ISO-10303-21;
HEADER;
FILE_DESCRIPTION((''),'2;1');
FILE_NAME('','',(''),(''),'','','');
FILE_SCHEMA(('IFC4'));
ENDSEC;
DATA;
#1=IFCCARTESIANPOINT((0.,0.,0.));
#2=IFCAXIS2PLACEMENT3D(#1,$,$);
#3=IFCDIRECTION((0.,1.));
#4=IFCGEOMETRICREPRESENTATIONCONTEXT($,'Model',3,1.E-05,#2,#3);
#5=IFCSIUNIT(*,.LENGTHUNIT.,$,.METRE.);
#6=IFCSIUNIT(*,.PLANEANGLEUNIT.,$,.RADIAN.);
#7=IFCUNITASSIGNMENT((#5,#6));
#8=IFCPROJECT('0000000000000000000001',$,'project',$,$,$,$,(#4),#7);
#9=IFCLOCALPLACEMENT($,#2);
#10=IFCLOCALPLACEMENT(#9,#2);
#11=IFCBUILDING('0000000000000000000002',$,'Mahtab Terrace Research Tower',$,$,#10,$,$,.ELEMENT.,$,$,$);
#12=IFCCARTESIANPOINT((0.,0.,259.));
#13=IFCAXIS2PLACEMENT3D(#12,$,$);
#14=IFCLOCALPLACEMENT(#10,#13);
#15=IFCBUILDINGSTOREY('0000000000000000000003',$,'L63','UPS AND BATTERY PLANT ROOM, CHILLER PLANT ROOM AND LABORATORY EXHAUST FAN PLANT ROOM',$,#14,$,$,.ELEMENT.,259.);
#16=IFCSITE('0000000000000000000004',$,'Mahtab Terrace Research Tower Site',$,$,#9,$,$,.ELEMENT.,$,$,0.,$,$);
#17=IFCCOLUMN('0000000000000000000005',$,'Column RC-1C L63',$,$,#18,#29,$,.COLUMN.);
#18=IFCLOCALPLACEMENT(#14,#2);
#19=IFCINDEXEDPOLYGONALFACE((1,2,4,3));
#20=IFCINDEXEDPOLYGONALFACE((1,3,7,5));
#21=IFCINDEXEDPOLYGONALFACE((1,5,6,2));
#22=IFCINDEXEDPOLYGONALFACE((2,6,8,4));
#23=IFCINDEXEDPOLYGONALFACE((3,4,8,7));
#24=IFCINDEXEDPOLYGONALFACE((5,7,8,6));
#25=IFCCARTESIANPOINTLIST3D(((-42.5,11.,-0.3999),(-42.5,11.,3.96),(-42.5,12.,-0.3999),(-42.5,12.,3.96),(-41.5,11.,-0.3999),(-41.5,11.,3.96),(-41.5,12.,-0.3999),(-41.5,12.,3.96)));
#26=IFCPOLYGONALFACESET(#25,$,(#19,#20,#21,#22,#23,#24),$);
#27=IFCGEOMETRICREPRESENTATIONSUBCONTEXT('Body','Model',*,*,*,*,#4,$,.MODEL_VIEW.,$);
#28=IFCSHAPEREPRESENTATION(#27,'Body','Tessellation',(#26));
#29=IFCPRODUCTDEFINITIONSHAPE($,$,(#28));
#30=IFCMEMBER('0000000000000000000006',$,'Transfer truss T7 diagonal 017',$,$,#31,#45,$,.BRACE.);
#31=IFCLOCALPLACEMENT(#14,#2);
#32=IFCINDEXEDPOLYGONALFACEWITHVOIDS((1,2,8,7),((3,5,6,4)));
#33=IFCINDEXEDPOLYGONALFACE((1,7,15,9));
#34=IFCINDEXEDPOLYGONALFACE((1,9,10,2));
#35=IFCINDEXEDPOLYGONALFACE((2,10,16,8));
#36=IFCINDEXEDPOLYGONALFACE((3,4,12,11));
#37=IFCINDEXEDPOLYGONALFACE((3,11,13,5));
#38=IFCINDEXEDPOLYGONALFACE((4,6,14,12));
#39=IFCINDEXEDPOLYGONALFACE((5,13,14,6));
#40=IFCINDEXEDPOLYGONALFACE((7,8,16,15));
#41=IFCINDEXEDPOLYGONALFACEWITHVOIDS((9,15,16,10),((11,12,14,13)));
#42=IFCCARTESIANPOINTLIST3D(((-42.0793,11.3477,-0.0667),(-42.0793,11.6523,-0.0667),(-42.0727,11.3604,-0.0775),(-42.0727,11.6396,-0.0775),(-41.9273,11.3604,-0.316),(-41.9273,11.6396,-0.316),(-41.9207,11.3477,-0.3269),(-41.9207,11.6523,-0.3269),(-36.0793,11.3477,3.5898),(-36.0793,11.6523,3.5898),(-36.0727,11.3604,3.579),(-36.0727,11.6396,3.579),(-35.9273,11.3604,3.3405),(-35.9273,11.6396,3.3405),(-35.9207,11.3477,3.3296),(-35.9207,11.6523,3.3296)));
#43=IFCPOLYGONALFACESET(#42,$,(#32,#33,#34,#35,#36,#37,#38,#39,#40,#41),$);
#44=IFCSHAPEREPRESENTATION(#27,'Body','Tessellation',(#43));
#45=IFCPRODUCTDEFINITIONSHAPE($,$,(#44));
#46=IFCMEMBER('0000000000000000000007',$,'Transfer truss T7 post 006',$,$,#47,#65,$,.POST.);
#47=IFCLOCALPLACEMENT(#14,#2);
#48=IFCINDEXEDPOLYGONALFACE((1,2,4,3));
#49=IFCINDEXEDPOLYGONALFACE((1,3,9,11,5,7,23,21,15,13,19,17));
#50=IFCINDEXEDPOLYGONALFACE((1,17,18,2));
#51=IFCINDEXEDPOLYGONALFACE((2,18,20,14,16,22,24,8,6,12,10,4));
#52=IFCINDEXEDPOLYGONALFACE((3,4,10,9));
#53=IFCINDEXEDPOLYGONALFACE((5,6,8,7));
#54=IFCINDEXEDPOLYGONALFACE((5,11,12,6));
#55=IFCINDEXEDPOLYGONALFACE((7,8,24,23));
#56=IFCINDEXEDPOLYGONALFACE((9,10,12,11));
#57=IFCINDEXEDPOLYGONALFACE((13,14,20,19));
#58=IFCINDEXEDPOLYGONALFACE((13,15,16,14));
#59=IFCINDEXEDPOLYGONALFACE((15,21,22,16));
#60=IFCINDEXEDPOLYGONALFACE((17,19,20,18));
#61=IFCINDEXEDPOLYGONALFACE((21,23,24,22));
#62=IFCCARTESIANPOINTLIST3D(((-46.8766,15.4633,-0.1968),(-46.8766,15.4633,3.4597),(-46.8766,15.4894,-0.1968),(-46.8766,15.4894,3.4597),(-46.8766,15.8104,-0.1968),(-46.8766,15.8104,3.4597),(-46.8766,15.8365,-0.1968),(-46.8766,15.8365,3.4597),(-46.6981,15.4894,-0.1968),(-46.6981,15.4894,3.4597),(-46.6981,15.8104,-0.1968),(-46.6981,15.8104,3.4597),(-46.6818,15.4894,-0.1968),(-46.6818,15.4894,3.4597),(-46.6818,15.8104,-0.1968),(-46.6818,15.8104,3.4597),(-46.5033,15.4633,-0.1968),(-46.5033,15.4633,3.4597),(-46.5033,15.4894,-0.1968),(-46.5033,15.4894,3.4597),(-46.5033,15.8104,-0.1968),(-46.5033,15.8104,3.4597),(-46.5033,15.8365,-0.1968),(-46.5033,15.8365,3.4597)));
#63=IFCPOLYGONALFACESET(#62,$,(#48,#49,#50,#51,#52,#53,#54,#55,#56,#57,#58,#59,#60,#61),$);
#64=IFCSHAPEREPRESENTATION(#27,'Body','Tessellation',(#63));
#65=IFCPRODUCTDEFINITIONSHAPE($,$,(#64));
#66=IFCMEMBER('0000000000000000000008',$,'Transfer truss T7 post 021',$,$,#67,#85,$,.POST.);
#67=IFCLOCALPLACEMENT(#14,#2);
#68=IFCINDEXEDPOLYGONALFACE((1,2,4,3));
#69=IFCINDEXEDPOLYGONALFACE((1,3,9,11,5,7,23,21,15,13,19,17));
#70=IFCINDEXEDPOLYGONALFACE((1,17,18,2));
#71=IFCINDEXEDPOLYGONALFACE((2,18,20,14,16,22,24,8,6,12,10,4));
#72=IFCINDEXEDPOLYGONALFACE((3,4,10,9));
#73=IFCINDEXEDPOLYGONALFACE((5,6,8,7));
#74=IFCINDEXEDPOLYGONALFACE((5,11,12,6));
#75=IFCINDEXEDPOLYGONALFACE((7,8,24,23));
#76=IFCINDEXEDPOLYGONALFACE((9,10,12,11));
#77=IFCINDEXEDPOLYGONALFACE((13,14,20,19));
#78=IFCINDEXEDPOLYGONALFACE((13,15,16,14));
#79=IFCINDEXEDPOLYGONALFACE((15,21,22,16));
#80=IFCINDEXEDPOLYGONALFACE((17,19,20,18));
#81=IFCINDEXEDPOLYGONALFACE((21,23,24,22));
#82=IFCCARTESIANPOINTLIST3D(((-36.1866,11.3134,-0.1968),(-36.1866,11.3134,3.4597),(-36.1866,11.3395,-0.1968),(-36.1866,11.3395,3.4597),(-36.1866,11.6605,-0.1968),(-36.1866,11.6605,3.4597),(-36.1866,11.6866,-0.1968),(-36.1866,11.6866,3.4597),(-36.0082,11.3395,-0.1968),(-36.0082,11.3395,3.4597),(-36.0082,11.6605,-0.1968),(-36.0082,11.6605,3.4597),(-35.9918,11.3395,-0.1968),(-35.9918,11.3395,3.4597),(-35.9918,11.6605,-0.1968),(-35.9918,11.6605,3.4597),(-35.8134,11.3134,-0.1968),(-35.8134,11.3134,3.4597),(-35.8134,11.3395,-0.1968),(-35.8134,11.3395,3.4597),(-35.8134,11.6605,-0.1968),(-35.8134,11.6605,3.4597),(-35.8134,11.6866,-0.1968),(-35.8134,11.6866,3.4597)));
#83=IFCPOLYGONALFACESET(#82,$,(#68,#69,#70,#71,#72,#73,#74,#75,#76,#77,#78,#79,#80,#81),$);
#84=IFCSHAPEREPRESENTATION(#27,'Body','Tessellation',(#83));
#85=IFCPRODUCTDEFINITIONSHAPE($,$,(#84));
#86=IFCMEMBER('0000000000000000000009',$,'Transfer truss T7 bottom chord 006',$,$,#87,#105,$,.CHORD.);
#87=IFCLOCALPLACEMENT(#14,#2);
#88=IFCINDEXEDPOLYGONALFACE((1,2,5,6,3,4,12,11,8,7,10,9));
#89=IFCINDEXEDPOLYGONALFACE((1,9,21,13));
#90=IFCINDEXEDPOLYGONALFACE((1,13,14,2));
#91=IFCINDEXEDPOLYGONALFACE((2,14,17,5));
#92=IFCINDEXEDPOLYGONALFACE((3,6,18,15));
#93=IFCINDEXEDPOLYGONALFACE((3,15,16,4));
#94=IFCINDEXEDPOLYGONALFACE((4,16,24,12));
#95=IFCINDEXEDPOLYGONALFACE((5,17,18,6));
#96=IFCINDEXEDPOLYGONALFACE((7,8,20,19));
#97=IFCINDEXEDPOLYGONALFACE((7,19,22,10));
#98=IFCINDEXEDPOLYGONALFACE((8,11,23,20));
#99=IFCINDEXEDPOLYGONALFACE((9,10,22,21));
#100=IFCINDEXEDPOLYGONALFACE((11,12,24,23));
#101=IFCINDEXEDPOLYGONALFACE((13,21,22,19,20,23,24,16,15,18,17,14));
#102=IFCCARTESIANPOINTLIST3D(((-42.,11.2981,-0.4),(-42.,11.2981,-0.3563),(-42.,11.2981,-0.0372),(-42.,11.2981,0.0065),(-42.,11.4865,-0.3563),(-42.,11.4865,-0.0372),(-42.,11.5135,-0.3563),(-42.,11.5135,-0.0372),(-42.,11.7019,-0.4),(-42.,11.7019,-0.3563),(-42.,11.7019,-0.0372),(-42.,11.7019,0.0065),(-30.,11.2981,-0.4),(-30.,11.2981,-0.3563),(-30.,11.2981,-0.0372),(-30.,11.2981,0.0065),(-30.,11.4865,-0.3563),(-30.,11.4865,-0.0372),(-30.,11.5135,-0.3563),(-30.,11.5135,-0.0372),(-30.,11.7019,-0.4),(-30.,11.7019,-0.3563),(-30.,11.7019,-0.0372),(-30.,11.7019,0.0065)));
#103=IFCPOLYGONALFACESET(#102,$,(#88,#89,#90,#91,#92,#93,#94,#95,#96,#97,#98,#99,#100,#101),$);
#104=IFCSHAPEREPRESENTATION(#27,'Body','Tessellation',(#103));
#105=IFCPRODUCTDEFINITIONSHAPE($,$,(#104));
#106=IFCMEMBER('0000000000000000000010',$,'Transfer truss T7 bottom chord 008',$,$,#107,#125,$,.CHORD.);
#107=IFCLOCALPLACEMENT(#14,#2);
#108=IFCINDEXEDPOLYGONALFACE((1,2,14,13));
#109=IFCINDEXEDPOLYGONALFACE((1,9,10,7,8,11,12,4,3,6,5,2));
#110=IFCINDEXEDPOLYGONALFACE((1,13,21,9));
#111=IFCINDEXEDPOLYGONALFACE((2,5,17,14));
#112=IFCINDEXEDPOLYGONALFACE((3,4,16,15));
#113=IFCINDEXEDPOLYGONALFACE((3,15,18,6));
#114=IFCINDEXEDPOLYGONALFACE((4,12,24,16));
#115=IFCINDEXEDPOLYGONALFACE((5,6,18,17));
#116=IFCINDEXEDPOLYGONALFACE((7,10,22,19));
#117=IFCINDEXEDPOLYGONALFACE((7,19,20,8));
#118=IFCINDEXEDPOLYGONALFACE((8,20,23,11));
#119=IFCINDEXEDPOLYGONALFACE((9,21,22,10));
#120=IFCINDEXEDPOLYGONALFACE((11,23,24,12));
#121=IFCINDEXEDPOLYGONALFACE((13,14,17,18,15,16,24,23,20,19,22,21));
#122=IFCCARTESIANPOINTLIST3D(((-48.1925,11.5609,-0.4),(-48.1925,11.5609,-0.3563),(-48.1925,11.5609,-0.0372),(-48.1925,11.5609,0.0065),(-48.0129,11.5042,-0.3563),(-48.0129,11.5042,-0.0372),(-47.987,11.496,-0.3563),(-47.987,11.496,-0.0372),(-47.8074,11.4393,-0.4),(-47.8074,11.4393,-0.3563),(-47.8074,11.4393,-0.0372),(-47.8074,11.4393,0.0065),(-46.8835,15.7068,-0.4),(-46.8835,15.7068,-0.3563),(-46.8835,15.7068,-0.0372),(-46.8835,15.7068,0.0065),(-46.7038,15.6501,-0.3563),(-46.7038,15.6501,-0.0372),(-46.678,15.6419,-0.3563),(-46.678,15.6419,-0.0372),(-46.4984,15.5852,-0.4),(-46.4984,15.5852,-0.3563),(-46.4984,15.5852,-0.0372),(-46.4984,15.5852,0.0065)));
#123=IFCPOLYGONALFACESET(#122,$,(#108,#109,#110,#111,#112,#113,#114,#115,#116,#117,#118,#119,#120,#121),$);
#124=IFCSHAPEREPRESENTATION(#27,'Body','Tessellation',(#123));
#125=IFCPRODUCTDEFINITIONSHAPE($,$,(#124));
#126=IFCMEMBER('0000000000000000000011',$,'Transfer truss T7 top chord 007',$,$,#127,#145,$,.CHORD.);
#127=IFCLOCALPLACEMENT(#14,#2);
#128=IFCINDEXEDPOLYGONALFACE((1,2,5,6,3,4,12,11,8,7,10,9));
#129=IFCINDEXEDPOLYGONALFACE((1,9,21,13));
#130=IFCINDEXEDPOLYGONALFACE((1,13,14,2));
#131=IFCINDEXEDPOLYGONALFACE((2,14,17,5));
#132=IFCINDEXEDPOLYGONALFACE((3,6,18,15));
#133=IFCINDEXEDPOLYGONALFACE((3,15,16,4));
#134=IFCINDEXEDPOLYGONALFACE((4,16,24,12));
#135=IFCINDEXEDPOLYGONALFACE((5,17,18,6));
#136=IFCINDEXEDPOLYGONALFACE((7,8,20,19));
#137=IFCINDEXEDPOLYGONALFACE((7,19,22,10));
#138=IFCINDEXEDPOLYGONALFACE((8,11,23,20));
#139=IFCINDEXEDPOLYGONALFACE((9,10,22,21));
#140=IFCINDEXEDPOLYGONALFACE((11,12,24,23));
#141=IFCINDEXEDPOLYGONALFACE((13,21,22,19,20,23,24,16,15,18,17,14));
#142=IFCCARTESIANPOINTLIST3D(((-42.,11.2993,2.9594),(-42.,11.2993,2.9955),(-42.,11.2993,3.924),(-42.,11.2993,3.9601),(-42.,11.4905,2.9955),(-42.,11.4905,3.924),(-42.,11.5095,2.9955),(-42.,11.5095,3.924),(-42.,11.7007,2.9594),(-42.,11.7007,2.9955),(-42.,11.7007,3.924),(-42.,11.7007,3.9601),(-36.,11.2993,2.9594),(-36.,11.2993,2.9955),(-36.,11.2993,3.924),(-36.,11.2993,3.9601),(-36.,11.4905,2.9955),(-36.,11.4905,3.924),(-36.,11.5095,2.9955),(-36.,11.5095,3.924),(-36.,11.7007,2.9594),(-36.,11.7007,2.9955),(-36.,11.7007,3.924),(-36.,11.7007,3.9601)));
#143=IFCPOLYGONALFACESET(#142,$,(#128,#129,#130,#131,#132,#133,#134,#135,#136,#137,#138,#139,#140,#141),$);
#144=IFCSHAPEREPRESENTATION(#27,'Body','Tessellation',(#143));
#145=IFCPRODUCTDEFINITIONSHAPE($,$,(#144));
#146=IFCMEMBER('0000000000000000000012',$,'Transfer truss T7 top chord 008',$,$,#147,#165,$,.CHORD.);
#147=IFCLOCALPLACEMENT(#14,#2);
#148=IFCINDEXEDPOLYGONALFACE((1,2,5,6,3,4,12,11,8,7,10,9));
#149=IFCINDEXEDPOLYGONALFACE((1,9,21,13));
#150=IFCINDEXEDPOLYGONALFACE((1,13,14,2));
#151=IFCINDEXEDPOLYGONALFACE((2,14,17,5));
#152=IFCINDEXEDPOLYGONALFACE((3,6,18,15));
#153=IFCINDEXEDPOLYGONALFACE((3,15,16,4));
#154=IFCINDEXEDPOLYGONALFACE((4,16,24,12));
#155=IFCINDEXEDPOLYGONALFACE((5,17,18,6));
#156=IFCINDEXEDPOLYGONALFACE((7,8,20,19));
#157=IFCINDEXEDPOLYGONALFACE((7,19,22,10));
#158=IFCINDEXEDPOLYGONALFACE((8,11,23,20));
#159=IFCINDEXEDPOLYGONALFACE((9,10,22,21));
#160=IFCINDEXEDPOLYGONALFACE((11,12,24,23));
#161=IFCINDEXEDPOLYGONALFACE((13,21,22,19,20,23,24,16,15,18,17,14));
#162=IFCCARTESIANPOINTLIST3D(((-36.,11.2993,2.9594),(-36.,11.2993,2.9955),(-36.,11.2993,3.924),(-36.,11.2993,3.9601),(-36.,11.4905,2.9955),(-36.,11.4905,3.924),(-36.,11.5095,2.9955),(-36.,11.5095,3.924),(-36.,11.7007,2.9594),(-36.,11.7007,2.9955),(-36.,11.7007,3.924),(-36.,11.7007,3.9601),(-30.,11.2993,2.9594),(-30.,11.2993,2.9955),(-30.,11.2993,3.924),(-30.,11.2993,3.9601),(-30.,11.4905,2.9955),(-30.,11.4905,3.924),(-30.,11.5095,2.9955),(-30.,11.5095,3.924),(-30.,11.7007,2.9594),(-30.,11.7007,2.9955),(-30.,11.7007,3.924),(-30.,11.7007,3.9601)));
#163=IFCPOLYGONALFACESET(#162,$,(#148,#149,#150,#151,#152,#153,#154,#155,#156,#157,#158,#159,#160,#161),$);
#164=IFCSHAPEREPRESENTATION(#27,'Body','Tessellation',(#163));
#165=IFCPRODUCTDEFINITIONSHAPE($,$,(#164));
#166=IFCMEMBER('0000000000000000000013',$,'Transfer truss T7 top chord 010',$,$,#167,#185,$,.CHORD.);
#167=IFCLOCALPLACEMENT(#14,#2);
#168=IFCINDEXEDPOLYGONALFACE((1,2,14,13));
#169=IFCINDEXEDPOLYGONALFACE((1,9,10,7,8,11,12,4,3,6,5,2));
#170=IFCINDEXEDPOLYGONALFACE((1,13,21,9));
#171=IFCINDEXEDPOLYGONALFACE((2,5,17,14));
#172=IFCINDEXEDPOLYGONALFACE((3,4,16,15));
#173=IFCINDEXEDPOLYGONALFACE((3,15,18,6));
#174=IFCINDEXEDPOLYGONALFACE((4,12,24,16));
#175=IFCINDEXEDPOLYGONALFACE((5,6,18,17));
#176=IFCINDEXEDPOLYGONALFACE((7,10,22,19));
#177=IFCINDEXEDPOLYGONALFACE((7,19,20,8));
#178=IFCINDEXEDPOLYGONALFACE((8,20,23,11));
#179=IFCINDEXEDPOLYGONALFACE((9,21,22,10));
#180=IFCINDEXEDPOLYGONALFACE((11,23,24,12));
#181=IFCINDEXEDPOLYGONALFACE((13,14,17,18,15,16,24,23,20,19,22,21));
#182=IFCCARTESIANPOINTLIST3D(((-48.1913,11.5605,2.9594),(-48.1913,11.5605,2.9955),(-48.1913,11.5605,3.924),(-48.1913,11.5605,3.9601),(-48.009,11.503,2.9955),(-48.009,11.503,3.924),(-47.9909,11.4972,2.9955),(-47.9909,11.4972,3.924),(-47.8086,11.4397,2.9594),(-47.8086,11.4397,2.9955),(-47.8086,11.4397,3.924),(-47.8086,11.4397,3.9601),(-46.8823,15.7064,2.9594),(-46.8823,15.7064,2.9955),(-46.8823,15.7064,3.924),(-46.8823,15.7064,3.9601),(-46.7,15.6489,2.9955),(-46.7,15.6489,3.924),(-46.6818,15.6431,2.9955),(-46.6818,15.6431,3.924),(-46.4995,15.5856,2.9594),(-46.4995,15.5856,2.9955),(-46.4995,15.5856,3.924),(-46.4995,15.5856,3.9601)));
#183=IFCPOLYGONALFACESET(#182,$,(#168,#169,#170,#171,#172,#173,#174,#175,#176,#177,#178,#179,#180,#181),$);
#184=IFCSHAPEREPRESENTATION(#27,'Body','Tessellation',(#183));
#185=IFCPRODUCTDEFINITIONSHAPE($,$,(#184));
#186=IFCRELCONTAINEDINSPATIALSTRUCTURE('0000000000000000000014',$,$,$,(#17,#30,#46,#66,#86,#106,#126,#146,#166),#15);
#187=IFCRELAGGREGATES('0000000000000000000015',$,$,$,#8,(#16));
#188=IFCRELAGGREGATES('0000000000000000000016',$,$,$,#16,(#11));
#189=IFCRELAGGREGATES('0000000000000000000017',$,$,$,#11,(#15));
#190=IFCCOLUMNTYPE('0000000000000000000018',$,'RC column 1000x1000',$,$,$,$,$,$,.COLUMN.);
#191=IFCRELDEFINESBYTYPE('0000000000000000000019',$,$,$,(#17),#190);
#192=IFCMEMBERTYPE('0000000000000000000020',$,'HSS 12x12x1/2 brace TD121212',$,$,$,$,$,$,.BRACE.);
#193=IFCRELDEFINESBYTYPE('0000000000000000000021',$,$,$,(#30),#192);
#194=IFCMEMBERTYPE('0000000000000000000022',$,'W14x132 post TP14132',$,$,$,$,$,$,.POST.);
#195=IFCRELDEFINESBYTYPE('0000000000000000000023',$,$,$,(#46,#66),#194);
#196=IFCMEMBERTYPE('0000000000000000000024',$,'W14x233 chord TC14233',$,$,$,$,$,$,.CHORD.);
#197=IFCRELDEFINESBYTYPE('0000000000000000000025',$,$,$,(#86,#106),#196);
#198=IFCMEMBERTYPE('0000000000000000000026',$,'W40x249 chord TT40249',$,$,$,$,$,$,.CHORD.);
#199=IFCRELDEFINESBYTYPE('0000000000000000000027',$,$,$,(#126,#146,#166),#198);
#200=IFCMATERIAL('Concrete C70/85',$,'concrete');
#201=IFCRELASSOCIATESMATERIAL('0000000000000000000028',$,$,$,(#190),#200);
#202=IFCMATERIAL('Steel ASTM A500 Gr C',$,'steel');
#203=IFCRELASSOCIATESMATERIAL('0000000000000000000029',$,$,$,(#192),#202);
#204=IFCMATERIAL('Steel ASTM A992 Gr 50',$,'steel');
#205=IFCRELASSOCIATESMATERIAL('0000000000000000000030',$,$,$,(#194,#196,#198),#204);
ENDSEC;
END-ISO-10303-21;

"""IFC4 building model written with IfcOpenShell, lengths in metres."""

from ifc_helpers import new_model, si_unit, direction, frame, origin, origin_2d, place, context, subcontext, project, spatial, rectangle, hollow_rectangle, i_section, extrude, material, material_profile, profile_set, type_object, element, save


model = new_model("IFC4")

# Units and contexts
model_context = context("Model", 3, precision=1e-05, world=origin(), true_north=direction((0.0, 1.0)))
body_context = subcontext(model_context, "Body", "Model", "MODEL_VIEW")
ifc_project = project(units=[si_unit("LENGTHUNIT", "METRE"), si_unit("PLANEANGLEUNIT", "RADIAN")], contexts=[model_context])

# Site, building, storey
site_placement = place(None, origin())
site = spatial("IfcSite", under=ifc_project, at=site_placement, Name="Mahtab Terrace Research Tower Site", CompositionType="ELEMENT", RefElevation=0.0)
building_placement = place(site_placement, origin())
building = spatial("IfcBuilding", under=site, at=building_placement, Name="Mahtab Terrace Research Tower", CompositionType="ELEMENT")
storey_placement = place(building_placement, frame((0.0, 0.0, 259.0)))
storey = spatial("IfcBuildingStorey", under=building, at=storey_placement, Name="L63", Description="UPS AND BATTERY PLANT ROOM, CHILLER PLANT ROOM AND LABORATORY EXHAUST FAN PLANT ROOM", CompositionType="ELEMENT", Elevation=259.0)

# Column
ifc_material_1 = material(Name="Concrete C70/85", Category="concrete")
ifc_material_profile_1 = material_profile(ifc_material_1, rectangle(XDim=1.0, YDim=1.0, at=origin_2d()), Name="RC column 1000x1000")
ifc_profile_set_1 = profile_set([ifc_material_profile_1], Name="Concrete C70/85")
column_type = type_object("IfcColumnType", Name="RC column 1000x1000", PredefinedType="COLUMN", material=ifc_profile_set_1)
column_placement = place(storey_placement, frame((-42.0, 11.5, -0.3999), z_axis=(0.0, 0.0, 1.0), x_axis=(1.0, 0.0, 0.0)))
element("IfcColumn", 1, at=column_placement, inside=storey, type_object=column_type, Name="Column RC-1C L63", PredefinedType="COLUMN", context=body_context, shape_type="SweptSolid", body=[
    extrude(rectangle(XDim=1.0, YDim=1.0, at=origin_2d()), origin(), (0.0, 0.0, 1.0), 4.3599),
])

# Members
ifc_material_2 = material(Name="Steel ASTM A500 Gr C", Category="steel")
ifc_material_profile_2 = material_profile(ifc_material_2, hollow_rectangle(XDim=0.3047, YDim=0.3047, WallThickness=0.0127, at=origin_2d()), Name="HSS12X12X1/2")
ifc_profile_set_2 = profile_set([ifc_material_profile_2], Name="Steel ASTM A500 Gr C")
member_type_1 = type_object("IfcMemberType", Name="HSS 12x12x1/2 brace TD121212", PredefinedType="BRACE", material=ifc_profile_set_2)
member_1_placement = place(storey_placement, frame((-42.0, 11.5, -0.1968), z_axis=(0.853925, 0.0, 0.520396), x_axis=(0.0, 1.0, 0.0)))
element("IfcMember", 2, at=member_1_placement, inside=storey, type_object=member_type_1, Name="Transfer truss T7 diagonal 017", PredefinedType="BRACE", context=body_context, shape_type="SweptSolid", body=[
    extrude(hollow_rectangle(XDim=0.3047, YDim=0.3047, WallThickness=0.0127, at=origin_2d()), origin(), (0.0, 0.0, 1.0), 7.0264),
])
ifc_material_3 = material(Name="Steel ASTM A992 Gr 50", Category="steel")
ifc_material_profile_3 = material_profile(ifc_material_3, i_section(OverallWidth=0.3733, OverallDepth=0.3733, WebThickness=0.0164, FlangeThickness=0.0261, at=origin_2d()), Name="W14X132")
ifc_profile_set_3 = profile_set([ifc_material_profile_3], Name="Steel ASTM A992 Gr 50")
member_type_2 = type_object("IfcMemberType", Name="W14x132 post TP14132", PredefinedType="POST", material=ifc_profile_set_3)
for number, where, z_axis, x_axis, name in (
    (3, (-46.6899, 15.6499, -0.1968), (0.0, 0.0, 1.0), (1.0, 0.0, 0.0), "Transfer truss T7 post 006"),
    (4, (-36.0, 11.5, -0.1968), (0.0, 0.0, 1.0), (1.0, 0.0, 0.0), "Transfer truss T7 post 021"),
):
    element("IfcMember", number, at=place(storey_placement, frame(where, z_axis=z_axis, x_axis=x_axis)), inside=storey, type_object=member_type_2, Name=name, PredefinedType="POST", context=body_context, shape_type="SweptSolid", body=[
        extrude(i_section(OverallWidth=0.3733, OverallDepth=0.3733, WebThickness=0.0164, FlangeThickness=0.0261, at=origin_2d()), origin(), (0.0, 0.0, 1.0), 3.6565),
    ])
ifc_material_profile_4 = material_profile(ifc_material_3, i_section(OverallWidth=0.4038, OverallDepth=0.4065, WebThickness=0.0271, FlangeThickness=0.0437, at=origin_2d()), Name="W14X233")
ifc_profile_set_4 = profile_set([ifc_material_profile_4], Name="Steel ASTM A992 Gr 50")
member_type_3 = type_object("IfcMemberType", Name="W14x233 chord TC14233", PredefinedType="CHORD", material=ifc_profile_set_4)
member_2_placement = place(storey_placement, frame((-42.0, 11.5, -0.1968), z_axis=(1.0, 0.0, 0.0), x_axis=(0.0, 1.0, 0.0)))
element("IfcMember", 5, at=member_2_placement, inside=storey, type_object=member_type_3, Name="Transfer truss T7 bottom chord 006", PredefinedType="CHORD", context=body_context, shape_type="SweptSolid", body=[
    extrude(i_section(OverallWidth=0.4038, OverallDepth=0.4065, WebThickness=0.0271, FlangeThickness=0.0437, at=origin_2d()), origin(), (0.0, 0.0, 1.0), 12.0),
])
member_3_placement = place(storey_placement, frame((-46.6909, 15.646, -0.1968), z_axis=(-0.301094, -0.953595, 0.0), x_axis=(0.953595, -0.301094, 0.0)))
element("IfcMember", 6, at=member_3_placement, inside=storey, type_object=member_type_3, Name="Transfer truss T7 bottom chord 008", PredefinedType="CHORD", context=body_context, shape_type="SweptSolid", body=[
    extrude(i_section(OverallWidth=0.4038, OverallDepth=0.4065, WebThickness=0.0271, FlangeThickness=0.0437, at=origin_2d()), origin(), (0.0, 0.0, 1.0), 4.3477),
])
ifc_material_profile_5 = material_profile(ifc_material_3, i_section(OverallWidth=0.4014, OverallDepth=1.0007, WebThickness=0.019, FlangeThickness=0.0361, at=origin_2d()), Name="W40X249")
ifc_profile_set_5 = profile_set([ifc_material_profile_5], Name="Steel ASTM A992 Gr 50")
member_type_4 = type_object("IfcMemberType", Name="W40x249 chord TT40249", PredefinedType="CHORD", material=ifc_profile_set_5)
for number, where, z_axis, x_axis, name in (
    (7, (-42.0, 11.5, 3.4597), (1.0, 0.0, 0.0), (0.0, 1.0, 0.0), "Transfer truss T7 top chord 007"),
    (8, (-36.0, 11.5, 3.4597), (1.0, 0.0, 0.0), (0.0, 1.0, 0.0), "Transfer truss T7 top chord 008"),
):
    element("IfcMember", number, at=place(storey_placement, frame(where, z_axis=z_axis, x_axis=x_axis)), inside=storey, type_object=member_type_4, Name=name, PredefinedType="CHORD", context=body_context, shape_type="SweptSolid", body=[
        extrude(i_section(OverallWidth=0.4014, OverallDepth=1.0007, WebThickness=0.019, FlangeThickness=0.0361, at=origin_2d()), origin(), (0.0, 0.0, 1.0), 6.0),
    ])
member_4_placement = place(storey_placement, frame((-46.6909, 15.646, 3.4597), z_axis=(-0.301094, -0.953595, 0.0), x_axis=(0.953595, -0.301094, 0.0)))
element("IfcMember", 9, at=member_4_placement, inside=storey, type_object=member_type_4, Name="Transfer truss T7 top chord 010", PredefinedType="CHORD", context=body_context, shape_type="SweptSolid", body=[
    extrude(i_section(OverallWidth=0.4014, OverallDepth=1.0007, WebThickness=0.019, FlangeThickness=0.0361, at=origin_2d()), origin(), (0.0, 0.0, 1.0), 4.3477),
])

save(model, "model.ifc")
